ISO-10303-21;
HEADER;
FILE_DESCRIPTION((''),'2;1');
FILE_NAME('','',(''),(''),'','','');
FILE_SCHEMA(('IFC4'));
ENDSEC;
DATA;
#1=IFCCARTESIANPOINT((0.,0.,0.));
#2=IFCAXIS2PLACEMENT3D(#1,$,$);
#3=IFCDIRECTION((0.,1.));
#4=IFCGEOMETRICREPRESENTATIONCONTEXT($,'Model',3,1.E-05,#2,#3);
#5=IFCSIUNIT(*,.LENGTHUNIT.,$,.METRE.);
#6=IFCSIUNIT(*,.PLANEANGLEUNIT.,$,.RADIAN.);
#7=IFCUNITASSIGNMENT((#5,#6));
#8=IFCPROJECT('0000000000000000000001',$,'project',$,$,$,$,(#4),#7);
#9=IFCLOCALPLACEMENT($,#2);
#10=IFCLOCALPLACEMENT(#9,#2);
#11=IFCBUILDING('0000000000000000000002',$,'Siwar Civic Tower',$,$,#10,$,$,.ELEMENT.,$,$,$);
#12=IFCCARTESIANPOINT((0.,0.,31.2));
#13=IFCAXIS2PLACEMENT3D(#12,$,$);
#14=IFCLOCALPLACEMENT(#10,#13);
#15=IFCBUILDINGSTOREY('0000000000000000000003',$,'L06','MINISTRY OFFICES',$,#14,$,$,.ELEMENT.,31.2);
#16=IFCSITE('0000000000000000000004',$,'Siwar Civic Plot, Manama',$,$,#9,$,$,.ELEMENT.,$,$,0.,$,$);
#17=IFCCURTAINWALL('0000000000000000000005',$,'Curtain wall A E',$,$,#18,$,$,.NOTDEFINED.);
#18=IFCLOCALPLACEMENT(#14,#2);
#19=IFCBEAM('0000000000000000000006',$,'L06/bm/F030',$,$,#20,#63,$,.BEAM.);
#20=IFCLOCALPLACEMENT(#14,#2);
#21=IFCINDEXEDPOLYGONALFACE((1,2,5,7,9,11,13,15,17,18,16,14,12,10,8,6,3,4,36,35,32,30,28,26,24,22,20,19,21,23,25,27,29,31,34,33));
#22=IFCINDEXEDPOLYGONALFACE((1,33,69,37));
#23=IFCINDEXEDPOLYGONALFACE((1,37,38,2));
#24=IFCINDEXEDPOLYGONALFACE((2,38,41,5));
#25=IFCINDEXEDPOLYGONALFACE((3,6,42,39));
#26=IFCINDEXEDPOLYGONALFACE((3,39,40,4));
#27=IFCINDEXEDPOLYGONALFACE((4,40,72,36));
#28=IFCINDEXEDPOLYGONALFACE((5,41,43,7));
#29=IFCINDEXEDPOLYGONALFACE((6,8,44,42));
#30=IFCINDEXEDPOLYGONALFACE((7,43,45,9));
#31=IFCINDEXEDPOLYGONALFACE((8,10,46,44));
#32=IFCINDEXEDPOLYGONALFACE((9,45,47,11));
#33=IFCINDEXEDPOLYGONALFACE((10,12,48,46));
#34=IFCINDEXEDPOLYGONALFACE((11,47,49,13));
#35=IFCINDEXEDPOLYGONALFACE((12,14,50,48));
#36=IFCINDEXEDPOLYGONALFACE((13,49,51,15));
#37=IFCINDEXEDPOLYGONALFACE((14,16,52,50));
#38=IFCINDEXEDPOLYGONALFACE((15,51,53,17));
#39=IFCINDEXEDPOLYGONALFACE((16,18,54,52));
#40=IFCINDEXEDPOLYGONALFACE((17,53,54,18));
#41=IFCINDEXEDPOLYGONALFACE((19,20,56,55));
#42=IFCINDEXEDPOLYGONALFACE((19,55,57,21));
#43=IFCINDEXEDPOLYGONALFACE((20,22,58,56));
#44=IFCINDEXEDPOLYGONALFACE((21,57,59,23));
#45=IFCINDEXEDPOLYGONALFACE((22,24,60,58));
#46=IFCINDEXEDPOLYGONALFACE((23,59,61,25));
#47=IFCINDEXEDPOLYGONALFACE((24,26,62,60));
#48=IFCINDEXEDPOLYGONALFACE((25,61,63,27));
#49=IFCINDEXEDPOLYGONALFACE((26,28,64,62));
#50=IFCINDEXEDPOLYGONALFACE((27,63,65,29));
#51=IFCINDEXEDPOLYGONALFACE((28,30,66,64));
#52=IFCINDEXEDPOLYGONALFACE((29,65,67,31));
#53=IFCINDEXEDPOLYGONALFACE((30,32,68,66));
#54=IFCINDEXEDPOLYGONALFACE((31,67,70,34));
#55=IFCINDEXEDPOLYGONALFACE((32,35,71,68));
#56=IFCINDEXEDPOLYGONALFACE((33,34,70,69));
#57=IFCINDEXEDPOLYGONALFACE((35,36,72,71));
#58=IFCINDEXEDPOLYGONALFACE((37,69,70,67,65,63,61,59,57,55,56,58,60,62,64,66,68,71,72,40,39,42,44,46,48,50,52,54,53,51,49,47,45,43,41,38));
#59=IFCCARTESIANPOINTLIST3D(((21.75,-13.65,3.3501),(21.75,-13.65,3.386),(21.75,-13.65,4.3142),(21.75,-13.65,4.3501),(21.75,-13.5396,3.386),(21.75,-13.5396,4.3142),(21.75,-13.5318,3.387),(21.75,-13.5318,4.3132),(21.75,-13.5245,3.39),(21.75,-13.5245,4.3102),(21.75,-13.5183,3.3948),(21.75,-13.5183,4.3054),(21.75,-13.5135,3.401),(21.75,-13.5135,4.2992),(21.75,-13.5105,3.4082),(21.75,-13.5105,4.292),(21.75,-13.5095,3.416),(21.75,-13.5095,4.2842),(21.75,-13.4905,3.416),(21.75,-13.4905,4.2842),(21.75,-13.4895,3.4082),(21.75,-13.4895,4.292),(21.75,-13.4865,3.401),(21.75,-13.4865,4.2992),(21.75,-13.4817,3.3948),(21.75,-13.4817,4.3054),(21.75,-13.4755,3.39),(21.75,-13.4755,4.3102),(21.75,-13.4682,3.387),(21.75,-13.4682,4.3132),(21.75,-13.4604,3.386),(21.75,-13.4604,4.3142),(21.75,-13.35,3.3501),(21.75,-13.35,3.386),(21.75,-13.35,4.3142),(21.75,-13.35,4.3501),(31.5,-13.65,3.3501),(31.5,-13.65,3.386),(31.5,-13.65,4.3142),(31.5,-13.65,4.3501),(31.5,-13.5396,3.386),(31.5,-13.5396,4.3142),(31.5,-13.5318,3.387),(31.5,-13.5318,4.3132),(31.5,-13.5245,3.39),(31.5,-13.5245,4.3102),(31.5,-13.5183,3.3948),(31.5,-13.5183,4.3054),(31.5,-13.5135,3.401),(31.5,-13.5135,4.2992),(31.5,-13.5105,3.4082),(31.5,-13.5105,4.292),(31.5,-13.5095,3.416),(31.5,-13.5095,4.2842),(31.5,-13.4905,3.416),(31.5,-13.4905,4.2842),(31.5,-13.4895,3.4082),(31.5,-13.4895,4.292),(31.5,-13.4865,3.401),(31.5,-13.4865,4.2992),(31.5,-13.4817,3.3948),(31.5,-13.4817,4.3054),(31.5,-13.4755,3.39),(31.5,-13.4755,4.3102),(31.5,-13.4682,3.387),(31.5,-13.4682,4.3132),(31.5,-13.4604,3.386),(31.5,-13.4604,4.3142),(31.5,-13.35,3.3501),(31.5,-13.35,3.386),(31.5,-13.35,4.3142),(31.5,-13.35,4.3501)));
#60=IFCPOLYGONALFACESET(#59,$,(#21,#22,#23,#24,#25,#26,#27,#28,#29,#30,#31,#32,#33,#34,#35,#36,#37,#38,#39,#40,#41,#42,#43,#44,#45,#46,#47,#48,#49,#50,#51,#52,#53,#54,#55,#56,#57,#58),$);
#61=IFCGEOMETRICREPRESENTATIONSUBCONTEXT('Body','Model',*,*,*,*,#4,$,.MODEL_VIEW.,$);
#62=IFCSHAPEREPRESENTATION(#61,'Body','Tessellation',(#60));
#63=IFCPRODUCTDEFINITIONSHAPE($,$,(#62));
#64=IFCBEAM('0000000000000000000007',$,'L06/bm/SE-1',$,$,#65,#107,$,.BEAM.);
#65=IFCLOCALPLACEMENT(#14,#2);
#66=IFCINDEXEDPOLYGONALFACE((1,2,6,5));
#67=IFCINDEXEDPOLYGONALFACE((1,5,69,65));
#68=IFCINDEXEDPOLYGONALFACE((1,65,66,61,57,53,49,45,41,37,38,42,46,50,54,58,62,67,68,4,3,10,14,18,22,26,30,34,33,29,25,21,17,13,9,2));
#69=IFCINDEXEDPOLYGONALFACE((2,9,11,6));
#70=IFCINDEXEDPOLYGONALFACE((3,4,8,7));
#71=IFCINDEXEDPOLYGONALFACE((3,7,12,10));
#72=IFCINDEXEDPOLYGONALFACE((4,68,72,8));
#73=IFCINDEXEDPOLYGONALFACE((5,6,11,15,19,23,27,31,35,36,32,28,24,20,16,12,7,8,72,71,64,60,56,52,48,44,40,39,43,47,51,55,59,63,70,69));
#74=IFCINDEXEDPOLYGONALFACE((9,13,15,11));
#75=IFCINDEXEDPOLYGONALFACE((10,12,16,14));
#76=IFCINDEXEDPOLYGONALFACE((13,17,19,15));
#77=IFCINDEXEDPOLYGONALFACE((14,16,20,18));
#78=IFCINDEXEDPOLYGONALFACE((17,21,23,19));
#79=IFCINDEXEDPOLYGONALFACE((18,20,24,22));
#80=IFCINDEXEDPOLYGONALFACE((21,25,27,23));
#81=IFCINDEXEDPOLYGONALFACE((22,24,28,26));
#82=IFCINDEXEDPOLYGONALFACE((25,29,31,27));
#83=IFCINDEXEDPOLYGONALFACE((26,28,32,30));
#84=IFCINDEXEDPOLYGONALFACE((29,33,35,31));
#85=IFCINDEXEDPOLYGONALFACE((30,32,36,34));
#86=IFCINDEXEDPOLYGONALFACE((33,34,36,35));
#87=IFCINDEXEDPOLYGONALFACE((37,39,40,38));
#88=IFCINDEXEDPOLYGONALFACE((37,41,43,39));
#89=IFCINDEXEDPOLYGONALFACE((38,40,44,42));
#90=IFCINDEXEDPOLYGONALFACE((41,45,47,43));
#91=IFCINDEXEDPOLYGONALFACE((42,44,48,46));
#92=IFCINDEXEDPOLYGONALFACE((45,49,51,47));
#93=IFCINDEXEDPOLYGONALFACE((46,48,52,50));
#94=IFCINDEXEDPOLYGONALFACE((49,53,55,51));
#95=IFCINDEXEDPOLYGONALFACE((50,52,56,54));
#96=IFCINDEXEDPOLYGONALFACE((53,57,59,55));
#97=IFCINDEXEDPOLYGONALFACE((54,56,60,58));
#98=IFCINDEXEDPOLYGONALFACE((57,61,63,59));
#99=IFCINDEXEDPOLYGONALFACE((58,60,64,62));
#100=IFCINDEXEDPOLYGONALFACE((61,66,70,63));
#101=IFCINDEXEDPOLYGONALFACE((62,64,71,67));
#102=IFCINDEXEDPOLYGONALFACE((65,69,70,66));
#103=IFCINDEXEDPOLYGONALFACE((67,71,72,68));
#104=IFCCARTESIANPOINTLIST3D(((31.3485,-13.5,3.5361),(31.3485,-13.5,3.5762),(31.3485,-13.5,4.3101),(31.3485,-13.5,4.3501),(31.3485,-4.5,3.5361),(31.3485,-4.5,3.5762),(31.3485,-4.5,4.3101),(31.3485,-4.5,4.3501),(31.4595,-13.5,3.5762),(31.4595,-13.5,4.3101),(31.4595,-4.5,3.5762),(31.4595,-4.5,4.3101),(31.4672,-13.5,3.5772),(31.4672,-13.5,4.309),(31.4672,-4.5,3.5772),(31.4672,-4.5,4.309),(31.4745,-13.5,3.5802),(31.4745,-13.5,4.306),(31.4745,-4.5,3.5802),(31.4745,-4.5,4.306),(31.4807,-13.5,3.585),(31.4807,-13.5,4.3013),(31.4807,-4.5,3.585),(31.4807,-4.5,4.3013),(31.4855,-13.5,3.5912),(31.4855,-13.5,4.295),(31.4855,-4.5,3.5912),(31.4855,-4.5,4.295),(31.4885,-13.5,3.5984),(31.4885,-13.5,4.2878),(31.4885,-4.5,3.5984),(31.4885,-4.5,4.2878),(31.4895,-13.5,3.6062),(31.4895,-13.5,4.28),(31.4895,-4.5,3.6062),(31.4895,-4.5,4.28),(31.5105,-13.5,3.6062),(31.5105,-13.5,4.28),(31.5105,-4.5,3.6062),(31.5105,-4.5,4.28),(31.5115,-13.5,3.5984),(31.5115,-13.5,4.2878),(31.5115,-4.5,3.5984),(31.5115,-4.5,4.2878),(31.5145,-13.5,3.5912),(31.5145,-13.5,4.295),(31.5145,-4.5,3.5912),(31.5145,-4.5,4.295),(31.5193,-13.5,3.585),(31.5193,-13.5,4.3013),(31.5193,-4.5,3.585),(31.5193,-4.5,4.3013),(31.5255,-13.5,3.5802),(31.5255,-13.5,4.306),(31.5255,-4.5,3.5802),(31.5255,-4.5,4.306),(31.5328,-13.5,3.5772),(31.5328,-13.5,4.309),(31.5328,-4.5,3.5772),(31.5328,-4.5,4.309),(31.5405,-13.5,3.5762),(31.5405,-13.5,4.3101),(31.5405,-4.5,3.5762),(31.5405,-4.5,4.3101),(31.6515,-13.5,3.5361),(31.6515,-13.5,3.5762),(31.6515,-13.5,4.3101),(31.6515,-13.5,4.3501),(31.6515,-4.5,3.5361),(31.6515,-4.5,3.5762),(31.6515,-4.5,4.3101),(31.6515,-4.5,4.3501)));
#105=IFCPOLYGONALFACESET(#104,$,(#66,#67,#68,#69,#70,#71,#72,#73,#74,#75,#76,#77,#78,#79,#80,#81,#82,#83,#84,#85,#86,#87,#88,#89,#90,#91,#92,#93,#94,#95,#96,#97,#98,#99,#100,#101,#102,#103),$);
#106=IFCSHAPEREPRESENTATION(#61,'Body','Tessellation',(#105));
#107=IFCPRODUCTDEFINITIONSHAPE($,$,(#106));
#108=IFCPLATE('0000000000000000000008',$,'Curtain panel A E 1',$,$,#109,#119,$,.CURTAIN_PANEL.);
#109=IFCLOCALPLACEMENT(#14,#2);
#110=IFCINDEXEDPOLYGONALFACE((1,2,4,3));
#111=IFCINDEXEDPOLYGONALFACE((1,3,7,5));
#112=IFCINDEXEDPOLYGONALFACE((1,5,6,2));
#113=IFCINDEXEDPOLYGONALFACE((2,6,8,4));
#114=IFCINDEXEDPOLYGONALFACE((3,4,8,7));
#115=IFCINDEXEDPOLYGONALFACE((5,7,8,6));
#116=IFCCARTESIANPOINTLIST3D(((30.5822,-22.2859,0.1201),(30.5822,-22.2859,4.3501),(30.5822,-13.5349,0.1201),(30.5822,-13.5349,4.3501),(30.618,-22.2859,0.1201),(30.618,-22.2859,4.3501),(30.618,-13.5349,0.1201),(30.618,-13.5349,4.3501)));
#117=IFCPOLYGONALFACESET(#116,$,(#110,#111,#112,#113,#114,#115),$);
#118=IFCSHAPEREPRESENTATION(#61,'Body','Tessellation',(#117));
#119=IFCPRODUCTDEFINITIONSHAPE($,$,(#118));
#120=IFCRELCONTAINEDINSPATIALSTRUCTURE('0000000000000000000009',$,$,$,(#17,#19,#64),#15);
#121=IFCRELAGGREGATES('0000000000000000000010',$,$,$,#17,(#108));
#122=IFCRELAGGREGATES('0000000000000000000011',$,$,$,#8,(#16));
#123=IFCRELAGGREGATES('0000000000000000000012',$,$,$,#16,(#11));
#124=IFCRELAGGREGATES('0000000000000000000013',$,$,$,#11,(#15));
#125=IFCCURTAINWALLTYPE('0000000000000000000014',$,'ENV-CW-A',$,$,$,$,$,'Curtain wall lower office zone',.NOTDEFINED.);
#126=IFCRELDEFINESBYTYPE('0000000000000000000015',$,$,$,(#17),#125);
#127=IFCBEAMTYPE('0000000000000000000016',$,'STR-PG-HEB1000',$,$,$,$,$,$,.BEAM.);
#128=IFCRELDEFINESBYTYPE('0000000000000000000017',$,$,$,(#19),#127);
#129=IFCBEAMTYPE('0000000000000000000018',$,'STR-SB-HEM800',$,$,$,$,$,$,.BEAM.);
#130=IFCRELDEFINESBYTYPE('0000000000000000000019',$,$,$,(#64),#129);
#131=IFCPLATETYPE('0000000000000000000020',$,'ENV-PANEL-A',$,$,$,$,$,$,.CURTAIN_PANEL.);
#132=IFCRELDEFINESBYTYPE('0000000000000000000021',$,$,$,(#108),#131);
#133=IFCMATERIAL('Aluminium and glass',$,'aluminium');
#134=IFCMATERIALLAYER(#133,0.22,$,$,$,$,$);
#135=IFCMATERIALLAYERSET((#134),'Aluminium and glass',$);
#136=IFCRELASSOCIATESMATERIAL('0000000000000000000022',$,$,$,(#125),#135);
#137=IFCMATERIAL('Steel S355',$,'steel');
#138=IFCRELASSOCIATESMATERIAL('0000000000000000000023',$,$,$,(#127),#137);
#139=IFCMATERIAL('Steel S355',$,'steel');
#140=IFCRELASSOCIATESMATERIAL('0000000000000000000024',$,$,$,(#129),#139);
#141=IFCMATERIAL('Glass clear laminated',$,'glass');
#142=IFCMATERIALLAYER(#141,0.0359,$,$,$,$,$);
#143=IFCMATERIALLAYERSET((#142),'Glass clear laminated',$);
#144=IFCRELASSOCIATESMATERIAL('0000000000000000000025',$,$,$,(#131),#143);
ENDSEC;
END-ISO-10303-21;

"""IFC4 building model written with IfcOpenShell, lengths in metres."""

from ifc_helpers import new_model, si_unit, direction, frame, origin, origin_2d, place, context, subcontext, project, spatial, rectangle, i_section, extrude, material, layer, layer_set, material_profile, profile_set, type_object, element, aggregate, save


model = new_model("IFC4")

# Units and contexts
model_context = context("Model", 3, precision=1e-05, world=origin(), true_north=direction((0.0, 1.0)))
body_context = subcontext(model_context, "Body", "Model", "MODEL_VIEW")
ifc_project = project(units=[si_unit("LENGTHUNIT", "METRE"), si_unit("PLANEANGLEUNIT", "RADIAN")], contexts=[model_context])

# Site, building, storey
site_placement = place(None, origin())
site = spatial("IfcSite", under=ifc_project, at=site_placement, Name="Siwar Civic Plot, Manama", CompositionType="ELEMENT", RefElevation=0.0)
building_placement = place(site_placement, origin())
building = spatial("IfcBuilding", under=site, at=building_placement, Name="Siwar Civic Tower", CompositionType="ELEMENT")
storey_placement = place(building_placement, frame((0.0, 0.0, 31.2)))
storey = spatial("IfcBuildingStorey", under=building, at=storey_placement, Name="L06", Description="MINISTRY OFFICES", CompositionType="ELEMENT", Elevation=31.2)

# Curtain wall
ifc_material_1 = material(Name="Aluminium and glass", Category="aluminium")
ifc_layer_1 = layer(ifc_material_1, 0.22)
ifc_layer_set_1 = layer_set([ifc_layer_1], Name="Aluminium and glass")
curtain_wall_type = type_object("IfcCurtainWallType", Name="ENV-CW-A", ElementType="Curtain wall lower office zone", PredefinedType="NOTDEFINED", material=ifc_layer_set_1)
curtain_wall_placement = place(storey_placement, origin())
curtain_wall = element("IfcCurtainWall", 1, at=curtain_wall_placement, inside=storey, type_object=curtain_wall_type, Name="Curtain wall A E", PredefinedType="NOTDEFINED")

# Beams
ifc_material_2 = material(Name="Steel S355", Category="steel")
ifc_material_profile_1 = material_profile(ifc_material_2, i_section(OverallWidth=0.3, OverallDepth=1.0, WebThickness=0.019, FlangeThickness=0.0359, FilletRadius=0.03, at=origin_2d()), Name="HEB1000")
ifc_profile_set_1 = profile_set([ifc_material_profile_1], Name="Steel S355")
beam_type_1 = type_object("IfcBeamType", Name="STR-PG-HEB1000", PredefinedType="BEAM", material=ifc_profile_set_1)
beam_1_placement = place(storey_placement, frame((21.75, -13.5, 3.8501), z_axis=(1.0, 0.0, 0.0), x_axis=(0.0, 1.0, 0.0)))
element("IfcBeam", 2, at=beam_1_placement, inside=storey, type_object=beam_type_1, Name="L06/bm/F030", PredefinedType="BEAM", context=body_context, shape_type="SweptSolid", body=[
    extrude(i_section(OverallWidth=0.3, OverallDepth=1.0, WebThickness=0.019, FlangeThickness=0.0359, FilletRadius=0.03, at=origin_2d()), origin(), (0.0, 0.0, 1.0), 9.75),
])
ifc_material_3 = material(Name="Steel S355", Category="steel")
ifc_material_profile_2 = material_profile(ifc_material_3, i_section(OverallWidth=0.303, OverallDepth=0.814, WebThickness=0.021, FlangeThickness=0.04, FilletRadius=0.03, at=origin_2d()), Name="HEM800")
ifc_profile_set_2 = profile_set([ifc_material_profile_2], Name="Steel S355")
beam_type_2 = type_object("IfcBeamType", Name="STR-SB-HEM800", PredefinedType="BEAM", material=ifc_profile_set_2)
beam_2_placement = place(storey_placement, frame((31.5, -13.5, 3.9431), z_axis=(0.0, 1.0, 0.0), x_axis=(-1.0, 0.0, 0.0)))
element("IfcBeam", 3, at=beam_2_placement, inside=storey, type_object=beam_type_2, Name="L06/bm/SE-1", PredefinedType="BEAM", context=body_context, shape_type="SweptSolid", body=[
    extrude(i_section(OverallWidth=0.303, OverallDepth=0.814, WebThickness=0.021, FlangeThickness=0.04, FilletRadius=0.03, at=origin_2d()), origin(), (0.0, 0.0, 1.0), 9.0),
])

# Plate
ifc_material_4 = material(Name="Glass clear laminated", Category="glass")
ifc_layer_2 = layer(ifc_material_4, 0.0359)
ifc_layer_set_2 = layer_set([ifc_layer_2], Name="Glass clear laminated")
plate_type = type_object("IfcPlateType", Name="ENV-PANEL-A", PredefinedType="CURTAIN_PANEL", material=ifc_layer_set_2)
plate_placement = place(storey_placement, frame((30.6001, -17.9104, 0.1201), z_axis=(0.0, 0.0, 1.0), x_axis=(0.0, 1.0, 0.0)))
plate = element("IfcPlate", 4, at=plate_placement, type_object=plate_type, Name="Curtain panel A E 1", PredefinedType="CURTAIN_PANEL", context=body_context, shape_type="SweptSolid", body=[
    extrude(rectangle(XDim=8.751, YDim=0.0359, at=origin_2d()), origin(), (0.0, 0.0, 1.0), 4.23),
])
aggregate(curtain_wall, [plate])

save(model, "model.ifc")
